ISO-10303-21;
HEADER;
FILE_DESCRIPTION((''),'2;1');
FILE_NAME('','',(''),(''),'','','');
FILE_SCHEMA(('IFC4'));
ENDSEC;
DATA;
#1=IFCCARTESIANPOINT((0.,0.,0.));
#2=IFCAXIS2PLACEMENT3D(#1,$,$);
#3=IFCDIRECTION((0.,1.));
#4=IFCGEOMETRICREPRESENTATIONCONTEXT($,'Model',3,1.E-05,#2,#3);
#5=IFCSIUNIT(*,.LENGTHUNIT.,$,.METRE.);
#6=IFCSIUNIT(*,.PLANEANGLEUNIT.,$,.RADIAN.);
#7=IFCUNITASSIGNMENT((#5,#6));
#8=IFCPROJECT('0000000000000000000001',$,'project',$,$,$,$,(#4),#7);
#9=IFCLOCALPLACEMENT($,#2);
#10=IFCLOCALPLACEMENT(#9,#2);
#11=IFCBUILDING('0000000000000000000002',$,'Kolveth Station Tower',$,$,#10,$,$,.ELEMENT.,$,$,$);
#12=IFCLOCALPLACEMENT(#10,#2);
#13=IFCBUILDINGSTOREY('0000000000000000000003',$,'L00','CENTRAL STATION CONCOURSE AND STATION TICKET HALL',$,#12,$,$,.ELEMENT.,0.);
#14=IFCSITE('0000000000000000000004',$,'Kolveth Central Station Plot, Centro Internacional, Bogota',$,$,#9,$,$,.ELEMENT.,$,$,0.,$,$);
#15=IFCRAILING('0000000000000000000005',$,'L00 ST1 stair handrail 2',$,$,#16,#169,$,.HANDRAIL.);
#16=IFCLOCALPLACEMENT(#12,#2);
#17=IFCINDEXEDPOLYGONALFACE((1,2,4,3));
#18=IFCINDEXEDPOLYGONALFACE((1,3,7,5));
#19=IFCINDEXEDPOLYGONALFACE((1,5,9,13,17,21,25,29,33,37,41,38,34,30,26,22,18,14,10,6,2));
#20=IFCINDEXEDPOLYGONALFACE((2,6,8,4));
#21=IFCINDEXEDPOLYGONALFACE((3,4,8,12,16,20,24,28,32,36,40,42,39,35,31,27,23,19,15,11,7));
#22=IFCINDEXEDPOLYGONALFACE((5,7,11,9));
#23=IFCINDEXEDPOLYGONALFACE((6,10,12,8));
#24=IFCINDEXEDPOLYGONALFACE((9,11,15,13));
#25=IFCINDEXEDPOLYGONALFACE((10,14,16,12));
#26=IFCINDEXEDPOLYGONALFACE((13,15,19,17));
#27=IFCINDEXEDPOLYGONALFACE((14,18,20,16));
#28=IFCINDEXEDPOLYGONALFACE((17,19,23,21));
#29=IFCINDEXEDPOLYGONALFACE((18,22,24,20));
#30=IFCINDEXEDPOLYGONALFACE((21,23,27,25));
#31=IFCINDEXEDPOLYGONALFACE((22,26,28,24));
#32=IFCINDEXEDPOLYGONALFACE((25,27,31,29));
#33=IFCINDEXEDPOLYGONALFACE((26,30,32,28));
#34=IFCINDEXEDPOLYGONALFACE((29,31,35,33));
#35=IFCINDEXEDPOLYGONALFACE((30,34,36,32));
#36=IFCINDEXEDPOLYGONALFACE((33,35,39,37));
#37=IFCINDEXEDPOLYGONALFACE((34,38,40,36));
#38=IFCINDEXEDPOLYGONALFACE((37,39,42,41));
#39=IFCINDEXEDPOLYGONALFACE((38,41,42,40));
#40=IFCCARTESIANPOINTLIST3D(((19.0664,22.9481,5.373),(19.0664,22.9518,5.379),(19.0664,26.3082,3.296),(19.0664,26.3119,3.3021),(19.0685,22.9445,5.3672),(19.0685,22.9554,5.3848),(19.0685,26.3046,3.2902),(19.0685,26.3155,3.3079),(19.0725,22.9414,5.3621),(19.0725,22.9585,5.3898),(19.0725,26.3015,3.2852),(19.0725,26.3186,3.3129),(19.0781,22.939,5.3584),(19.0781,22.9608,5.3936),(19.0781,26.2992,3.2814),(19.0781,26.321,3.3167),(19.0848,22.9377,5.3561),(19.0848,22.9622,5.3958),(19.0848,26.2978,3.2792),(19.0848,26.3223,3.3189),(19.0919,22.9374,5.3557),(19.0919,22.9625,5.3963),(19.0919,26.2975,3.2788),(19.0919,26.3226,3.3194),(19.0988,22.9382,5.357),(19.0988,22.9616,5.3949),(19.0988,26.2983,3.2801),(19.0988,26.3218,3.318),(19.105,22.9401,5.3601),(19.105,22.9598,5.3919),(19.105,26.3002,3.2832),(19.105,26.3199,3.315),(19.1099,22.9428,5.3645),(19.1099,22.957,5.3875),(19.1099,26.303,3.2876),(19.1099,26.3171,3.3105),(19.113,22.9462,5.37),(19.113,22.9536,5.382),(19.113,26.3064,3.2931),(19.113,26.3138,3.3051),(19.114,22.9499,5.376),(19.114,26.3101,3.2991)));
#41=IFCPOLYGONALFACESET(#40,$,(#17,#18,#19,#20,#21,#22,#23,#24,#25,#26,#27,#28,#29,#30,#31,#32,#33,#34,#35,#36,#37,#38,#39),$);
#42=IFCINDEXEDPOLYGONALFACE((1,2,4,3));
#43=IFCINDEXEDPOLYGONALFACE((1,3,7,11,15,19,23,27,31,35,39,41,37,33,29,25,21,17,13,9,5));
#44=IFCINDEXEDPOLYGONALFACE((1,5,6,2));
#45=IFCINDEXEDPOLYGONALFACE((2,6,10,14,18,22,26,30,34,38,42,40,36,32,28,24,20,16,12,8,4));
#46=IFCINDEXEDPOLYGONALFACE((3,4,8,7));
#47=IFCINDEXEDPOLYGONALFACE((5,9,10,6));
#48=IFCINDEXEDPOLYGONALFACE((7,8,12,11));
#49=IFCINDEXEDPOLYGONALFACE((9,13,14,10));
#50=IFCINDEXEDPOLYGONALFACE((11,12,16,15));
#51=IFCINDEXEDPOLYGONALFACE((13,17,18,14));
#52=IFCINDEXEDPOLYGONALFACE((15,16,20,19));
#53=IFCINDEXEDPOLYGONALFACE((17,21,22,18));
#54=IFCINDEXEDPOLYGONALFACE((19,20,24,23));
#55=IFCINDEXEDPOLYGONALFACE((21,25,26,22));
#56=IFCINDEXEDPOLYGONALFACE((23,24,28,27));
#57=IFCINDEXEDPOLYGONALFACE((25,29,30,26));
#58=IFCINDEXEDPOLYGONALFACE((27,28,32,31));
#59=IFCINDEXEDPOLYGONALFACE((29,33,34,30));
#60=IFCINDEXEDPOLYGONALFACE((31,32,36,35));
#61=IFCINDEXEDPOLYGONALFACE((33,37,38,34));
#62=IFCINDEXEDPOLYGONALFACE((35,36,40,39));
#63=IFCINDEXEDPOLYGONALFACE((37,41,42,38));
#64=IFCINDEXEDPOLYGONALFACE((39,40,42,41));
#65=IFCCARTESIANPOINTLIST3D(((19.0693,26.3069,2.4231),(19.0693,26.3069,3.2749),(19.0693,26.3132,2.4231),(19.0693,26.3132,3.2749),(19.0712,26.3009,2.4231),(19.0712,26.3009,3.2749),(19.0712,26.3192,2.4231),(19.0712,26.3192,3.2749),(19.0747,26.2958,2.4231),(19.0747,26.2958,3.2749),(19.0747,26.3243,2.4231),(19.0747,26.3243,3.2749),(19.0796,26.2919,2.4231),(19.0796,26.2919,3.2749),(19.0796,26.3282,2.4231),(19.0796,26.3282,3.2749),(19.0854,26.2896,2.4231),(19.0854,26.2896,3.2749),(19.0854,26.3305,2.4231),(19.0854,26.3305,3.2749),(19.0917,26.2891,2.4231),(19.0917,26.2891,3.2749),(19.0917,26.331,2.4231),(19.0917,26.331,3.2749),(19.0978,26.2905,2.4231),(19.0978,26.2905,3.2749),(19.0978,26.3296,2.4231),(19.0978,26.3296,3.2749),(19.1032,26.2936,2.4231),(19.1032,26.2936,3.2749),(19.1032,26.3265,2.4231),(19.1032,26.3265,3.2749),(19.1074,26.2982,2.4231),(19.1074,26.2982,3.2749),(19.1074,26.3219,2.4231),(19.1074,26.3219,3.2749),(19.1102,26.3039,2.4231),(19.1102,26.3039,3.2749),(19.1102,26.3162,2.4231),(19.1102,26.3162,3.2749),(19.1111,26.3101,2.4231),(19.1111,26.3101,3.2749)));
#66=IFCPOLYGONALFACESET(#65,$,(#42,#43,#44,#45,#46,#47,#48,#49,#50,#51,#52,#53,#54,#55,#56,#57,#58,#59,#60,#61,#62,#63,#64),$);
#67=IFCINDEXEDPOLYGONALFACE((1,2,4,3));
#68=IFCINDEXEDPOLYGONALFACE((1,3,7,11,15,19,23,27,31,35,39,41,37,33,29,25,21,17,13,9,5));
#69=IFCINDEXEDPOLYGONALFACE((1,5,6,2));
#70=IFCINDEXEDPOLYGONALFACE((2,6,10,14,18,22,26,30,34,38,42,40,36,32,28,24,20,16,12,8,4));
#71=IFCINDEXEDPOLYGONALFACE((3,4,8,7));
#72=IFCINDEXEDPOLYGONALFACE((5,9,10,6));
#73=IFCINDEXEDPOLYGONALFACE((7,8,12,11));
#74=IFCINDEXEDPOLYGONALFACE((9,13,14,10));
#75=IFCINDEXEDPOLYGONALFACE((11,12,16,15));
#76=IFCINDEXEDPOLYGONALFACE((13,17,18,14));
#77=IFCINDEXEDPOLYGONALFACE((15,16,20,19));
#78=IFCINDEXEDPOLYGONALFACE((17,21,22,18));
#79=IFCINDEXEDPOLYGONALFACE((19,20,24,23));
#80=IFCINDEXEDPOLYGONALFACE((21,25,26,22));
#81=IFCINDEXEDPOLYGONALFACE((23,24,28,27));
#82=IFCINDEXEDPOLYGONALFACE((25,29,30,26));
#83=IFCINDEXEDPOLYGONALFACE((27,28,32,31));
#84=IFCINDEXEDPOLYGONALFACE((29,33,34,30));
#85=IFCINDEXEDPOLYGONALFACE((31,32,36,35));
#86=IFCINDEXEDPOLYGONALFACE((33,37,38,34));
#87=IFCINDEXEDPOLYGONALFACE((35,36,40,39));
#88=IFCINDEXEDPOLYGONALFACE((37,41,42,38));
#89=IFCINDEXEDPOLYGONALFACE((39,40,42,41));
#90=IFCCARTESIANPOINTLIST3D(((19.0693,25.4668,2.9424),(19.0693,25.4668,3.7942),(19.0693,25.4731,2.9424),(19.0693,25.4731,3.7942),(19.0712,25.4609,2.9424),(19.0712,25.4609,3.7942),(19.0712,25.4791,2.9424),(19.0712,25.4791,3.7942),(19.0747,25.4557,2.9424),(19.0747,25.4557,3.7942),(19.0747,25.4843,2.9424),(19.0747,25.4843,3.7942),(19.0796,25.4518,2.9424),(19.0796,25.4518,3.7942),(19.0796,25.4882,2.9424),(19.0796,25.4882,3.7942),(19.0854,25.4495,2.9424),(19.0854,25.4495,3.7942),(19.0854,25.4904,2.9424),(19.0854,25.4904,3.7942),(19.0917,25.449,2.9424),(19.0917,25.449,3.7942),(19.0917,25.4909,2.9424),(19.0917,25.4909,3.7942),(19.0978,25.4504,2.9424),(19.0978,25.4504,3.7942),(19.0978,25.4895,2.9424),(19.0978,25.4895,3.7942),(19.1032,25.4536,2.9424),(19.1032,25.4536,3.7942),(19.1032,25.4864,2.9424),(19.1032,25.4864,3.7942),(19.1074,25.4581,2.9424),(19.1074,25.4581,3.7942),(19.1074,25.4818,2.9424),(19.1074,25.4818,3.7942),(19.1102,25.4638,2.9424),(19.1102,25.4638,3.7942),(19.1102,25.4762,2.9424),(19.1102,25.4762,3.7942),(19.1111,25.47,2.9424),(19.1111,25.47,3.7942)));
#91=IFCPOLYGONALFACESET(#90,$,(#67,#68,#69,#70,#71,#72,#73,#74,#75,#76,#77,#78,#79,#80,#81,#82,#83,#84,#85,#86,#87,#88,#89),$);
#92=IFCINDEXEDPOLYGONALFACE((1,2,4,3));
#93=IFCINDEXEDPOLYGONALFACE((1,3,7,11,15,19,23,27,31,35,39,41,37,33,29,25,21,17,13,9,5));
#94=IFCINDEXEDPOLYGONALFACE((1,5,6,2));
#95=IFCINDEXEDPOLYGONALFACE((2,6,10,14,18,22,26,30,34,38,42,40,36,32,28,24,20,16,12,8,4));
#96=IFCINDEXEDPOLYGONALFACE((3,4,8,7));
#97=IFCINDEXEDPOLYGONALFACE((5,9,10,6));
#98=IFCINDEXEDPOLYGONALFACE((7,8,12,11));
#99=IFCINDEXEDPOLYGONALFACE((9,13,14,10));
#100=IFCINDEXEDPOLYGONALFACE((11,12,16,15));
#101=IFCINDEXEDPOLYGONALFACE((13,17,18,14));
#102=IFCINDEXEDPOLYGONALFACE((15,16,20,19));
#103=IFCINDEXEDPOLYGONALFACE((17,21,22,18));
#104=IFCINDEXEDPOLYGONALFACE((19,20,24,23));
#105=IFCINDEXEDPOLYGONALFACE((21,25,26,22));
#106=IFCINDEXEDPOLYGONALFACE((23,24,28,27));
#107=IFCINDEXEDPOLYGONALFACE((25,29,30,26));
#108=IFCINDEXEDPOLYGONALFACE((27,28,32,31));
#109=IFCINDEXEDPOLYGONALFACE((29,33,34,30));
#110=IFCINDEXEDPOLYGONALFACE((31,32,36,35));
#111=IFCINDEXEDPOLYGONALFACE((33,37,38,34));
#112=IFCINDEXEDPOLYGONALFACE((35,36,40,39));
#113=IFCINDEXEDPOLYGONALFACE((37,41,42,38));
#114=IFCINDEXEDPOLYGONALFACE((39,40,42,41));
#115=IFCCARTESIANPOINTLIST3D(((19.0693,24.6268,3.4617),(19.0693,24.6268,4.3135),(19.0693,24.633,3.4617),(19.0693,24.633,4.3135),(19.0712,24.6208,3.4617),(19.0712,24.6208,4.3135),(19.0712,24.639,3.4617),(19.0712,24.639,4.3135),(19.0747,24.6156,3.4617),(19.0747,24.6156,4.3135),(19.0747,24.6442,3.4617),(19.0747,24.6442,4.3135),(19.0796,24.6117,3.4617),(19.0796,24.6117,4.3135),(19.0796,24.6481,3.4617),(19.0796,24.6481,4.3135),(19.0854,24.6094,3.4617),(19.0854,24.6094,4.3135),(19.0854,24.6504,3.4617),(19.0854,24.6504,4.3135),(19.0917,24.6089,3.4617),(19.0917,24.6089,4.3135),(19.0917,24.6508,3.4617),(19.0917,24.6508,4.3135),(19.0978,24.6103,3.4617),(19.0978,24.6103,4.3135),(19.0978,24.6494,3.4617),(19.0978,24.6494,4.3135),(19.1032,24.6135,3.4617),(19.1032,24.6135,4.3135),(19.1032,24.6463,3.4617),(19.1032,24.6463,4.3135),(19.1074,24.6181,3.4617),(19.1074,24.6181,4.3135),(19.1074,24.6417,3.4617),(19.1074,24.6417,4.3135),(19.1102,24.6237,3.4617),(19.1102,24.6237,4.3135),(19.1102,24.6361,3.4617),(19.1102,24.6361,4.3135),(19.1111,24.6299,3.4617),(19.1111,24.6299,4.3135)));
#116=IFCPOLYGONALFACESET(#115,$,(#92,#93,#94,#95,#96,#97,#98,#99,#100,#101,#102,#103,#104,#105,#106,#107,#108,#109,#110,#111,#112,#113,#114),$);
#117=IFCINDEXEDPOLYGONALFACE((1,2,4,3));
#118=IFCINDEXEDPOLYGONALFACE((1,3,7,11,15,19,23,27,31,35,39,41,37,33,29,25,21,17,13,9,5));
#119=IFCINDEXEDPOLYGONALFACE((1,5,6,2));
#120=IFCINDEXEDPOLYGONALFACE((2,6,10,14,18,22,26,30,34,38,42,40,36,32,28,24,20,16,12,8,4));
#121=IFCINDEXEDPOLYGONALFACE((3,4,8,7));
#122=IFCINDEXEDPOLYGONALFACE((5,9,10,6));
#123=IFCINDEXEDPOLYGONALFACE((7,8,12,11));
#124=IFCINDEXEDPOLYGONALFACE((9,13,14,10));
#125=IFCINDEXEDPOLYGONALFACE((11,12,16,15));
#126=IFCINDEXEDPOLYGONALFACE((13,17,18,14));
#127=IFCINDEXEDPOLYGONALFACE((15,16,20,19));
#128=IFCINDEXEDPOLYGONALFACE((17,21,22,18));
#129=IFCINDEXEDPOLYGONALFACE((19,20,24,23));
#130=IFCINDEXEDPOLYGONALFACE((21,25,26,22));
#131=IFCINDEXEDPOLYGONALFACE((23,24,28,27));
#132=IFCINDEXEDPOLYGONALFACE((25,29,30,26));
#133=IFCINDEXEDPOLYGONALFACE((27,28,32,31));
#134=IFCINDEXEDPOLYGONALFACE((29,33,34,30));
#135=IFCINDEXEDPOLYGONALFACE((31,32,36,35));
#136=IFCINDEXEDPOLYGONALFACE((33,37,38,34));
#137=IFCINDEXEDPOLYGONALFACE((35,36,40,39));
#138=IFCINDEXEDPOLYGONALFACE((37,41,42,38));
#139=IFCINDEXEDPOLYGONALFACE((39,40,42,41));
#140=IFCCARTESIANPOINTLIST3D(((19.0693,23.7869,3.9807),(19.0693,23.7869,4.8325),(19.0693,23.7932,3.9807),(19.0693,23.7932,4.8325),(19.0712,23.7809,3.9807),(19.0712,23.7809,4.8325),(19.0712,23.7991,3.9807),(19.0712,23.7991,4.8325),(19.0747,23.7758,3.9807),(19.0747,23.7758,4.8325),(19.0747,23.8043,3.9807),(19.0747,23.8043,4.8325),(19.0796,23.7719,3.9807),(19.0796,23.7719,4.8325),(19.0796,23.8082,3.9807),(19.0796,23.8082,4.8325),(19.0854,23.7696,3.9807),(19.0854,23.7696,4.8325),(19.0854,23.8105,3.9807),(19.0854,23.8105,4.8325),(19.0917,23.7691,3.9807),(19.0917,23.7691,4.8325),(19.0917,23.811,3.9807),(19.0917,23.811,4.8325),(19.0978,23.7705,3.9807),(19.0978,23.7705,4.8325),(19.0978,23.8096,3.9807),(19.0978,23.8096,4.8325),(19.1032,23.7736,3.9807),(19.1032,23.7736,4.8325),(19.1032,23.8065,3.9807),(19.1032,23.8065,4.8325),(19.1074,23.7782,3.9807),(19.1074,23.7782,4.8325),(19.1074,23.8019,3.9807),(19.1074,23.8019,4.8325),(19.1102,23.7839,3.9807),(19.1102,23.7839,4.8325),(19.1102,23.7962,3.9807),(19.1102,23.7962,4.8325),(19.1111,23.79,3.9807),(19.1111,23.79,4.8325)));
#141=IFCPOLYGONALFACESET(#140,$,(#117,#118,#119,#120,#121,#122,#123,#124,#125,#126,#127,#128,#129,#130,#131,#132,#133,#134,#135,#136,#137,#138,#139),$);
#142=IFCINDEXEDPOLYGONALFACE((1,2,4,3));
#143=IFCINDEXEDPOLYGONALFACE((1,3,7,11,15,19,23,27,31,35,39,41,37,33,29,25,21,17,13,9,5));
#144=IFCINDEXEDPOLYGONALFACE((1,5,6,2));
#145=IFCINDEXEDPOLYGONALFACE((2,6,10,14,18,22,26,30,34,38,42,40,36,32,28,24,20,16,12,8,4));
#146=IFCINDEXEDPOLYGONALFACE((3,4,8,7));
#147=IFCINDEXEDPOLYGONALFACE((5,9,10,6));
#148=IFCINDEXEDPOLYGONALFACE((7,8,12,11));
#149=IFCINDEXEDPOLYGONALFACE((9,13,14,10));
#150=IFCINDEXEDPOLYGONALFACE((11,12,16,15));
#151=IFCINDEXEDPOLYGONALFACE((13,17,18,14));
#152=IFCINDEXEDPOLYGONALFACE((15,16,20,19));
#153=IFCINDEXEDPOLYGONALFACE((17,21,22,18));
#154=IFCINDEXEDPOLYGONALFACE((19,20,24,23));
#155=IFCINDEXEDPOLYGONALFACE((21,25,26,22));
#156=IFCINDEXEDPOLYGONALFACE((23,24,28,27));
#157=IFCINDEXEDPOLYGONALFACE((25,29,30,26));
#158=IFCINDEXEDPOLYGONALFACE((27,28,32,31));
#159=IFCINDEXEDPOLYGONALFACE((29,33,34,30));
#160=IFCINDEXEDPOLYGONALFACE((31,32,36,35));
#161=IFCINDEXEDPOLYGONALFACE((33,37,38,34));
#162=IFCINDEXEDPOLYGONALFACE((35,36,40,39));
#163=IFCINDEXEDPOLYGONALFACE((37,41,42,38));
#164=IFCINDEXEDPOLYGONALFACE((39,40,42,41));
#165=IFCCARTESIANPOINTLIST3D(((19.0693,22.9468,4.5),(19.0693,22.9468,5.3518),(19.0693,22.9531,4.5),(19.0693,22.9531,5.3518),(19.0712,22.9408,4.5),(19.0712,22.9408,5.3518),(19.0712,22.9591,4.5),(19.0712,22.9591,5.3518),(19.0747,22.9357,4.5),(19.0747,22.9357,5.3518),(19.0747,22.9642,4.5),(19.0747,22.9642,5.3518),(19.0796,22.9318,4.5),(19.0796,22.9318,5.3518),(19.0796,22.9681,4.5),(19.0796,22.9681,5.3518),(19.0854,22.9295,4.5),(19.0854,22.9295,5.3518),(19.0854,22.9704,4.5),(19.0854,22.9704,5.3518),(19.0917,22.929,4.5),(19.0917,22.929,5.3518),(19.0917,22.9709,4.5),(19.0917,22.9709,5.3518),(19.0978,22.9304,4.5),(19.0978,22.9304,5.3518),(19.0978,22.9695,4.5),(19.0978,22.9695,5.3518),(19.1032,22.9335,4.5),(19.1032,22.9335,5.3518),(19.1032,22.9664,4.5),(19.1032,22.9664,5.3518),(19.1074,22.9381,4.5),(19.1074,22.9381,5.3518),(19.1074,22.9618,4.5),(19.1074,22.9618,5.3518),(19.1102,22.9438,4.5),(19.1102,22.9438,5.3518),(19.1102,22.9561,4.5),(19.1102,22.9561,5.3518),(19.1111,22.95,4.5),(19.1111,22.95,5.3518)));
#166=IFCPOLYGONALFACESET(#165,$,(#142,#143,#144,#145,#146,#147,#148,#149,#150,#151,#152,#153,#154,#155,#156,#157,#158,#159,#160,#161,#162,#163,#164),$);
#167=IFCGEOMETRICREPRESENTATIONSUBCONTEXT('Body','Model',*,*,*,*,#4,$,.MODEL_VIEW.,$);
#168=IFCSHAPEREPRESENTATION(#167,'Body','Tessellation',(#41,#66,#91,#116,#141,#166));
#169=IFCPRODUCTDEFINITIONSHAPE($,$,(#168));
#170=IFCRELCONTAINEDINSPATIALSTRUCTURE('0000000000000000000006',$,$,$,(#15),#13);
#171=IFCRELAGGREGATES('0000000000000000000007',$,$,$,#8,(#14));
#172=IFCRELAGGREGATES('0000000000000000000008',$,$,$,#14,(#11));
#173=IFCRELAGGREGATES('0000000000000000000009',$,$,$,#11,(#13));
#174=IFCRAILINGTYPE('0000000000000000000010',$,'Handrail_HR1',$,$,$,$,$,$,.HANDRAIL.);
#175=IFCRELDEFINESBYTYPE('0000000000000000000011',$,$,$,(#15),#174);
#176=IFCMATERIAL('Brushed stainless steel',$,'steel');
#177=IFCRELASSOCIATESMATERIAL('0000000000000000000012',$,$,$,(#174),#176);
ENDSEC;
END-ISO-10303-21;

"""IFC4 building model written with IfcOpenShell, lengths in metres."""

from ifc_helpers import new_model, si_unit, direction, frame, origin, origin_2d, place, context, subcontext, project, spatial, circle, extrude, material, type_object, element, save


model = new_model("IFC4")

# Units and contexts
model_context = context("Model", 3, precision=1e-05, world=origin(), true_north=direction((0.0, 1.0)))
body_context = subcontext(model_context, "Body", "Model", "MODEL_VIEW")
ifc_project = project(units=[si_unit("LENGTHUNIT", "METRE"), si_unit("PLANEANGLEUNIT", "RADIAN")], contexts=[model_context])

# Site, building, storey
site_placement = place(None, origin())
site = spatial("IfcSite", under=ifc_project, at=site_placement, Name="Kolveth Central Station Plot, Centro Internacional, Bogota", CompositionType="ELEMENT", RefElevation=0.0)
building_placement = place(site_placement, origin())
building = spatial("IfcBuilding", under=site, at=building_placement, Name="Kolveth Station Tower", CompositionType="ELEMENT")
storey_placement = place(building_placement, origin())
storey = spatial("IfcBuildingStorey", under=building, at=storey_placement, Name="L00", Description="CENTRAL STATION CONCOURSE AND STATION TICKET HALL", CompositionType="ELEMENT", Elevation=0.0)

# Railing
ifc_material_1 = material(Name="Brushed stainless steel", Category="steel")
railing_type_1 = type_object("IfcRailingType", Name="Handrail_HR1", PredefinedType="HANDRAIL", material=ifc_material_1)
for number, where, name in (
    (1, (19.0901, 26.3101, 2.4231), "L00 ST1 stair handrail 2"),
):
    element("IfcRailing", number, at=place(storey_placement, frame(where)), inside=storey, type_object=railing_type_1, Name=name, PredefinedType="HANDRAIL", context=body_context, shape_type="SweptSolid", body=[
        extrude(circle(Radius=0.0239, at=origin_2d()), frame((0.0, 0.0, 0.876), z_axis=(0.0, -0.850623, 0.525776), x_axis=(1.0, 0.0, 0.0)), (0.0, 0.0, 1.0), 3.9502),
        extrude(circle(Radius=0.021, at=origin_2d()), origin(), (0.0, 0.0, 1.0), 0.8518),
        extrude(circle(Radius=0.021, at=origin_2d()), frame((0.0, -0.8401, 0.5193)), (0.0, 0.0, 1.0), 0.8518),
        extrude(circle(Radius=0.021, at=origin_2d()), frame((0.0, -1.6802, 1.0386)), (0.0, 0.0, 1.0), 0.8518),
        extrude(circle(Radius=0.021, at=origin_2d()), frame((0.0, -2.52, 1.5576)), (0.0, 0.0, 1.0), 0.8518),
        extrude(circle(Radius=0.021, at=origin_2d()), frame((0.0, -3.3601, 2.0769)), (0.0, 0.0, 1.0), 0.8518),
    ])

save(model, "model.ifc")
